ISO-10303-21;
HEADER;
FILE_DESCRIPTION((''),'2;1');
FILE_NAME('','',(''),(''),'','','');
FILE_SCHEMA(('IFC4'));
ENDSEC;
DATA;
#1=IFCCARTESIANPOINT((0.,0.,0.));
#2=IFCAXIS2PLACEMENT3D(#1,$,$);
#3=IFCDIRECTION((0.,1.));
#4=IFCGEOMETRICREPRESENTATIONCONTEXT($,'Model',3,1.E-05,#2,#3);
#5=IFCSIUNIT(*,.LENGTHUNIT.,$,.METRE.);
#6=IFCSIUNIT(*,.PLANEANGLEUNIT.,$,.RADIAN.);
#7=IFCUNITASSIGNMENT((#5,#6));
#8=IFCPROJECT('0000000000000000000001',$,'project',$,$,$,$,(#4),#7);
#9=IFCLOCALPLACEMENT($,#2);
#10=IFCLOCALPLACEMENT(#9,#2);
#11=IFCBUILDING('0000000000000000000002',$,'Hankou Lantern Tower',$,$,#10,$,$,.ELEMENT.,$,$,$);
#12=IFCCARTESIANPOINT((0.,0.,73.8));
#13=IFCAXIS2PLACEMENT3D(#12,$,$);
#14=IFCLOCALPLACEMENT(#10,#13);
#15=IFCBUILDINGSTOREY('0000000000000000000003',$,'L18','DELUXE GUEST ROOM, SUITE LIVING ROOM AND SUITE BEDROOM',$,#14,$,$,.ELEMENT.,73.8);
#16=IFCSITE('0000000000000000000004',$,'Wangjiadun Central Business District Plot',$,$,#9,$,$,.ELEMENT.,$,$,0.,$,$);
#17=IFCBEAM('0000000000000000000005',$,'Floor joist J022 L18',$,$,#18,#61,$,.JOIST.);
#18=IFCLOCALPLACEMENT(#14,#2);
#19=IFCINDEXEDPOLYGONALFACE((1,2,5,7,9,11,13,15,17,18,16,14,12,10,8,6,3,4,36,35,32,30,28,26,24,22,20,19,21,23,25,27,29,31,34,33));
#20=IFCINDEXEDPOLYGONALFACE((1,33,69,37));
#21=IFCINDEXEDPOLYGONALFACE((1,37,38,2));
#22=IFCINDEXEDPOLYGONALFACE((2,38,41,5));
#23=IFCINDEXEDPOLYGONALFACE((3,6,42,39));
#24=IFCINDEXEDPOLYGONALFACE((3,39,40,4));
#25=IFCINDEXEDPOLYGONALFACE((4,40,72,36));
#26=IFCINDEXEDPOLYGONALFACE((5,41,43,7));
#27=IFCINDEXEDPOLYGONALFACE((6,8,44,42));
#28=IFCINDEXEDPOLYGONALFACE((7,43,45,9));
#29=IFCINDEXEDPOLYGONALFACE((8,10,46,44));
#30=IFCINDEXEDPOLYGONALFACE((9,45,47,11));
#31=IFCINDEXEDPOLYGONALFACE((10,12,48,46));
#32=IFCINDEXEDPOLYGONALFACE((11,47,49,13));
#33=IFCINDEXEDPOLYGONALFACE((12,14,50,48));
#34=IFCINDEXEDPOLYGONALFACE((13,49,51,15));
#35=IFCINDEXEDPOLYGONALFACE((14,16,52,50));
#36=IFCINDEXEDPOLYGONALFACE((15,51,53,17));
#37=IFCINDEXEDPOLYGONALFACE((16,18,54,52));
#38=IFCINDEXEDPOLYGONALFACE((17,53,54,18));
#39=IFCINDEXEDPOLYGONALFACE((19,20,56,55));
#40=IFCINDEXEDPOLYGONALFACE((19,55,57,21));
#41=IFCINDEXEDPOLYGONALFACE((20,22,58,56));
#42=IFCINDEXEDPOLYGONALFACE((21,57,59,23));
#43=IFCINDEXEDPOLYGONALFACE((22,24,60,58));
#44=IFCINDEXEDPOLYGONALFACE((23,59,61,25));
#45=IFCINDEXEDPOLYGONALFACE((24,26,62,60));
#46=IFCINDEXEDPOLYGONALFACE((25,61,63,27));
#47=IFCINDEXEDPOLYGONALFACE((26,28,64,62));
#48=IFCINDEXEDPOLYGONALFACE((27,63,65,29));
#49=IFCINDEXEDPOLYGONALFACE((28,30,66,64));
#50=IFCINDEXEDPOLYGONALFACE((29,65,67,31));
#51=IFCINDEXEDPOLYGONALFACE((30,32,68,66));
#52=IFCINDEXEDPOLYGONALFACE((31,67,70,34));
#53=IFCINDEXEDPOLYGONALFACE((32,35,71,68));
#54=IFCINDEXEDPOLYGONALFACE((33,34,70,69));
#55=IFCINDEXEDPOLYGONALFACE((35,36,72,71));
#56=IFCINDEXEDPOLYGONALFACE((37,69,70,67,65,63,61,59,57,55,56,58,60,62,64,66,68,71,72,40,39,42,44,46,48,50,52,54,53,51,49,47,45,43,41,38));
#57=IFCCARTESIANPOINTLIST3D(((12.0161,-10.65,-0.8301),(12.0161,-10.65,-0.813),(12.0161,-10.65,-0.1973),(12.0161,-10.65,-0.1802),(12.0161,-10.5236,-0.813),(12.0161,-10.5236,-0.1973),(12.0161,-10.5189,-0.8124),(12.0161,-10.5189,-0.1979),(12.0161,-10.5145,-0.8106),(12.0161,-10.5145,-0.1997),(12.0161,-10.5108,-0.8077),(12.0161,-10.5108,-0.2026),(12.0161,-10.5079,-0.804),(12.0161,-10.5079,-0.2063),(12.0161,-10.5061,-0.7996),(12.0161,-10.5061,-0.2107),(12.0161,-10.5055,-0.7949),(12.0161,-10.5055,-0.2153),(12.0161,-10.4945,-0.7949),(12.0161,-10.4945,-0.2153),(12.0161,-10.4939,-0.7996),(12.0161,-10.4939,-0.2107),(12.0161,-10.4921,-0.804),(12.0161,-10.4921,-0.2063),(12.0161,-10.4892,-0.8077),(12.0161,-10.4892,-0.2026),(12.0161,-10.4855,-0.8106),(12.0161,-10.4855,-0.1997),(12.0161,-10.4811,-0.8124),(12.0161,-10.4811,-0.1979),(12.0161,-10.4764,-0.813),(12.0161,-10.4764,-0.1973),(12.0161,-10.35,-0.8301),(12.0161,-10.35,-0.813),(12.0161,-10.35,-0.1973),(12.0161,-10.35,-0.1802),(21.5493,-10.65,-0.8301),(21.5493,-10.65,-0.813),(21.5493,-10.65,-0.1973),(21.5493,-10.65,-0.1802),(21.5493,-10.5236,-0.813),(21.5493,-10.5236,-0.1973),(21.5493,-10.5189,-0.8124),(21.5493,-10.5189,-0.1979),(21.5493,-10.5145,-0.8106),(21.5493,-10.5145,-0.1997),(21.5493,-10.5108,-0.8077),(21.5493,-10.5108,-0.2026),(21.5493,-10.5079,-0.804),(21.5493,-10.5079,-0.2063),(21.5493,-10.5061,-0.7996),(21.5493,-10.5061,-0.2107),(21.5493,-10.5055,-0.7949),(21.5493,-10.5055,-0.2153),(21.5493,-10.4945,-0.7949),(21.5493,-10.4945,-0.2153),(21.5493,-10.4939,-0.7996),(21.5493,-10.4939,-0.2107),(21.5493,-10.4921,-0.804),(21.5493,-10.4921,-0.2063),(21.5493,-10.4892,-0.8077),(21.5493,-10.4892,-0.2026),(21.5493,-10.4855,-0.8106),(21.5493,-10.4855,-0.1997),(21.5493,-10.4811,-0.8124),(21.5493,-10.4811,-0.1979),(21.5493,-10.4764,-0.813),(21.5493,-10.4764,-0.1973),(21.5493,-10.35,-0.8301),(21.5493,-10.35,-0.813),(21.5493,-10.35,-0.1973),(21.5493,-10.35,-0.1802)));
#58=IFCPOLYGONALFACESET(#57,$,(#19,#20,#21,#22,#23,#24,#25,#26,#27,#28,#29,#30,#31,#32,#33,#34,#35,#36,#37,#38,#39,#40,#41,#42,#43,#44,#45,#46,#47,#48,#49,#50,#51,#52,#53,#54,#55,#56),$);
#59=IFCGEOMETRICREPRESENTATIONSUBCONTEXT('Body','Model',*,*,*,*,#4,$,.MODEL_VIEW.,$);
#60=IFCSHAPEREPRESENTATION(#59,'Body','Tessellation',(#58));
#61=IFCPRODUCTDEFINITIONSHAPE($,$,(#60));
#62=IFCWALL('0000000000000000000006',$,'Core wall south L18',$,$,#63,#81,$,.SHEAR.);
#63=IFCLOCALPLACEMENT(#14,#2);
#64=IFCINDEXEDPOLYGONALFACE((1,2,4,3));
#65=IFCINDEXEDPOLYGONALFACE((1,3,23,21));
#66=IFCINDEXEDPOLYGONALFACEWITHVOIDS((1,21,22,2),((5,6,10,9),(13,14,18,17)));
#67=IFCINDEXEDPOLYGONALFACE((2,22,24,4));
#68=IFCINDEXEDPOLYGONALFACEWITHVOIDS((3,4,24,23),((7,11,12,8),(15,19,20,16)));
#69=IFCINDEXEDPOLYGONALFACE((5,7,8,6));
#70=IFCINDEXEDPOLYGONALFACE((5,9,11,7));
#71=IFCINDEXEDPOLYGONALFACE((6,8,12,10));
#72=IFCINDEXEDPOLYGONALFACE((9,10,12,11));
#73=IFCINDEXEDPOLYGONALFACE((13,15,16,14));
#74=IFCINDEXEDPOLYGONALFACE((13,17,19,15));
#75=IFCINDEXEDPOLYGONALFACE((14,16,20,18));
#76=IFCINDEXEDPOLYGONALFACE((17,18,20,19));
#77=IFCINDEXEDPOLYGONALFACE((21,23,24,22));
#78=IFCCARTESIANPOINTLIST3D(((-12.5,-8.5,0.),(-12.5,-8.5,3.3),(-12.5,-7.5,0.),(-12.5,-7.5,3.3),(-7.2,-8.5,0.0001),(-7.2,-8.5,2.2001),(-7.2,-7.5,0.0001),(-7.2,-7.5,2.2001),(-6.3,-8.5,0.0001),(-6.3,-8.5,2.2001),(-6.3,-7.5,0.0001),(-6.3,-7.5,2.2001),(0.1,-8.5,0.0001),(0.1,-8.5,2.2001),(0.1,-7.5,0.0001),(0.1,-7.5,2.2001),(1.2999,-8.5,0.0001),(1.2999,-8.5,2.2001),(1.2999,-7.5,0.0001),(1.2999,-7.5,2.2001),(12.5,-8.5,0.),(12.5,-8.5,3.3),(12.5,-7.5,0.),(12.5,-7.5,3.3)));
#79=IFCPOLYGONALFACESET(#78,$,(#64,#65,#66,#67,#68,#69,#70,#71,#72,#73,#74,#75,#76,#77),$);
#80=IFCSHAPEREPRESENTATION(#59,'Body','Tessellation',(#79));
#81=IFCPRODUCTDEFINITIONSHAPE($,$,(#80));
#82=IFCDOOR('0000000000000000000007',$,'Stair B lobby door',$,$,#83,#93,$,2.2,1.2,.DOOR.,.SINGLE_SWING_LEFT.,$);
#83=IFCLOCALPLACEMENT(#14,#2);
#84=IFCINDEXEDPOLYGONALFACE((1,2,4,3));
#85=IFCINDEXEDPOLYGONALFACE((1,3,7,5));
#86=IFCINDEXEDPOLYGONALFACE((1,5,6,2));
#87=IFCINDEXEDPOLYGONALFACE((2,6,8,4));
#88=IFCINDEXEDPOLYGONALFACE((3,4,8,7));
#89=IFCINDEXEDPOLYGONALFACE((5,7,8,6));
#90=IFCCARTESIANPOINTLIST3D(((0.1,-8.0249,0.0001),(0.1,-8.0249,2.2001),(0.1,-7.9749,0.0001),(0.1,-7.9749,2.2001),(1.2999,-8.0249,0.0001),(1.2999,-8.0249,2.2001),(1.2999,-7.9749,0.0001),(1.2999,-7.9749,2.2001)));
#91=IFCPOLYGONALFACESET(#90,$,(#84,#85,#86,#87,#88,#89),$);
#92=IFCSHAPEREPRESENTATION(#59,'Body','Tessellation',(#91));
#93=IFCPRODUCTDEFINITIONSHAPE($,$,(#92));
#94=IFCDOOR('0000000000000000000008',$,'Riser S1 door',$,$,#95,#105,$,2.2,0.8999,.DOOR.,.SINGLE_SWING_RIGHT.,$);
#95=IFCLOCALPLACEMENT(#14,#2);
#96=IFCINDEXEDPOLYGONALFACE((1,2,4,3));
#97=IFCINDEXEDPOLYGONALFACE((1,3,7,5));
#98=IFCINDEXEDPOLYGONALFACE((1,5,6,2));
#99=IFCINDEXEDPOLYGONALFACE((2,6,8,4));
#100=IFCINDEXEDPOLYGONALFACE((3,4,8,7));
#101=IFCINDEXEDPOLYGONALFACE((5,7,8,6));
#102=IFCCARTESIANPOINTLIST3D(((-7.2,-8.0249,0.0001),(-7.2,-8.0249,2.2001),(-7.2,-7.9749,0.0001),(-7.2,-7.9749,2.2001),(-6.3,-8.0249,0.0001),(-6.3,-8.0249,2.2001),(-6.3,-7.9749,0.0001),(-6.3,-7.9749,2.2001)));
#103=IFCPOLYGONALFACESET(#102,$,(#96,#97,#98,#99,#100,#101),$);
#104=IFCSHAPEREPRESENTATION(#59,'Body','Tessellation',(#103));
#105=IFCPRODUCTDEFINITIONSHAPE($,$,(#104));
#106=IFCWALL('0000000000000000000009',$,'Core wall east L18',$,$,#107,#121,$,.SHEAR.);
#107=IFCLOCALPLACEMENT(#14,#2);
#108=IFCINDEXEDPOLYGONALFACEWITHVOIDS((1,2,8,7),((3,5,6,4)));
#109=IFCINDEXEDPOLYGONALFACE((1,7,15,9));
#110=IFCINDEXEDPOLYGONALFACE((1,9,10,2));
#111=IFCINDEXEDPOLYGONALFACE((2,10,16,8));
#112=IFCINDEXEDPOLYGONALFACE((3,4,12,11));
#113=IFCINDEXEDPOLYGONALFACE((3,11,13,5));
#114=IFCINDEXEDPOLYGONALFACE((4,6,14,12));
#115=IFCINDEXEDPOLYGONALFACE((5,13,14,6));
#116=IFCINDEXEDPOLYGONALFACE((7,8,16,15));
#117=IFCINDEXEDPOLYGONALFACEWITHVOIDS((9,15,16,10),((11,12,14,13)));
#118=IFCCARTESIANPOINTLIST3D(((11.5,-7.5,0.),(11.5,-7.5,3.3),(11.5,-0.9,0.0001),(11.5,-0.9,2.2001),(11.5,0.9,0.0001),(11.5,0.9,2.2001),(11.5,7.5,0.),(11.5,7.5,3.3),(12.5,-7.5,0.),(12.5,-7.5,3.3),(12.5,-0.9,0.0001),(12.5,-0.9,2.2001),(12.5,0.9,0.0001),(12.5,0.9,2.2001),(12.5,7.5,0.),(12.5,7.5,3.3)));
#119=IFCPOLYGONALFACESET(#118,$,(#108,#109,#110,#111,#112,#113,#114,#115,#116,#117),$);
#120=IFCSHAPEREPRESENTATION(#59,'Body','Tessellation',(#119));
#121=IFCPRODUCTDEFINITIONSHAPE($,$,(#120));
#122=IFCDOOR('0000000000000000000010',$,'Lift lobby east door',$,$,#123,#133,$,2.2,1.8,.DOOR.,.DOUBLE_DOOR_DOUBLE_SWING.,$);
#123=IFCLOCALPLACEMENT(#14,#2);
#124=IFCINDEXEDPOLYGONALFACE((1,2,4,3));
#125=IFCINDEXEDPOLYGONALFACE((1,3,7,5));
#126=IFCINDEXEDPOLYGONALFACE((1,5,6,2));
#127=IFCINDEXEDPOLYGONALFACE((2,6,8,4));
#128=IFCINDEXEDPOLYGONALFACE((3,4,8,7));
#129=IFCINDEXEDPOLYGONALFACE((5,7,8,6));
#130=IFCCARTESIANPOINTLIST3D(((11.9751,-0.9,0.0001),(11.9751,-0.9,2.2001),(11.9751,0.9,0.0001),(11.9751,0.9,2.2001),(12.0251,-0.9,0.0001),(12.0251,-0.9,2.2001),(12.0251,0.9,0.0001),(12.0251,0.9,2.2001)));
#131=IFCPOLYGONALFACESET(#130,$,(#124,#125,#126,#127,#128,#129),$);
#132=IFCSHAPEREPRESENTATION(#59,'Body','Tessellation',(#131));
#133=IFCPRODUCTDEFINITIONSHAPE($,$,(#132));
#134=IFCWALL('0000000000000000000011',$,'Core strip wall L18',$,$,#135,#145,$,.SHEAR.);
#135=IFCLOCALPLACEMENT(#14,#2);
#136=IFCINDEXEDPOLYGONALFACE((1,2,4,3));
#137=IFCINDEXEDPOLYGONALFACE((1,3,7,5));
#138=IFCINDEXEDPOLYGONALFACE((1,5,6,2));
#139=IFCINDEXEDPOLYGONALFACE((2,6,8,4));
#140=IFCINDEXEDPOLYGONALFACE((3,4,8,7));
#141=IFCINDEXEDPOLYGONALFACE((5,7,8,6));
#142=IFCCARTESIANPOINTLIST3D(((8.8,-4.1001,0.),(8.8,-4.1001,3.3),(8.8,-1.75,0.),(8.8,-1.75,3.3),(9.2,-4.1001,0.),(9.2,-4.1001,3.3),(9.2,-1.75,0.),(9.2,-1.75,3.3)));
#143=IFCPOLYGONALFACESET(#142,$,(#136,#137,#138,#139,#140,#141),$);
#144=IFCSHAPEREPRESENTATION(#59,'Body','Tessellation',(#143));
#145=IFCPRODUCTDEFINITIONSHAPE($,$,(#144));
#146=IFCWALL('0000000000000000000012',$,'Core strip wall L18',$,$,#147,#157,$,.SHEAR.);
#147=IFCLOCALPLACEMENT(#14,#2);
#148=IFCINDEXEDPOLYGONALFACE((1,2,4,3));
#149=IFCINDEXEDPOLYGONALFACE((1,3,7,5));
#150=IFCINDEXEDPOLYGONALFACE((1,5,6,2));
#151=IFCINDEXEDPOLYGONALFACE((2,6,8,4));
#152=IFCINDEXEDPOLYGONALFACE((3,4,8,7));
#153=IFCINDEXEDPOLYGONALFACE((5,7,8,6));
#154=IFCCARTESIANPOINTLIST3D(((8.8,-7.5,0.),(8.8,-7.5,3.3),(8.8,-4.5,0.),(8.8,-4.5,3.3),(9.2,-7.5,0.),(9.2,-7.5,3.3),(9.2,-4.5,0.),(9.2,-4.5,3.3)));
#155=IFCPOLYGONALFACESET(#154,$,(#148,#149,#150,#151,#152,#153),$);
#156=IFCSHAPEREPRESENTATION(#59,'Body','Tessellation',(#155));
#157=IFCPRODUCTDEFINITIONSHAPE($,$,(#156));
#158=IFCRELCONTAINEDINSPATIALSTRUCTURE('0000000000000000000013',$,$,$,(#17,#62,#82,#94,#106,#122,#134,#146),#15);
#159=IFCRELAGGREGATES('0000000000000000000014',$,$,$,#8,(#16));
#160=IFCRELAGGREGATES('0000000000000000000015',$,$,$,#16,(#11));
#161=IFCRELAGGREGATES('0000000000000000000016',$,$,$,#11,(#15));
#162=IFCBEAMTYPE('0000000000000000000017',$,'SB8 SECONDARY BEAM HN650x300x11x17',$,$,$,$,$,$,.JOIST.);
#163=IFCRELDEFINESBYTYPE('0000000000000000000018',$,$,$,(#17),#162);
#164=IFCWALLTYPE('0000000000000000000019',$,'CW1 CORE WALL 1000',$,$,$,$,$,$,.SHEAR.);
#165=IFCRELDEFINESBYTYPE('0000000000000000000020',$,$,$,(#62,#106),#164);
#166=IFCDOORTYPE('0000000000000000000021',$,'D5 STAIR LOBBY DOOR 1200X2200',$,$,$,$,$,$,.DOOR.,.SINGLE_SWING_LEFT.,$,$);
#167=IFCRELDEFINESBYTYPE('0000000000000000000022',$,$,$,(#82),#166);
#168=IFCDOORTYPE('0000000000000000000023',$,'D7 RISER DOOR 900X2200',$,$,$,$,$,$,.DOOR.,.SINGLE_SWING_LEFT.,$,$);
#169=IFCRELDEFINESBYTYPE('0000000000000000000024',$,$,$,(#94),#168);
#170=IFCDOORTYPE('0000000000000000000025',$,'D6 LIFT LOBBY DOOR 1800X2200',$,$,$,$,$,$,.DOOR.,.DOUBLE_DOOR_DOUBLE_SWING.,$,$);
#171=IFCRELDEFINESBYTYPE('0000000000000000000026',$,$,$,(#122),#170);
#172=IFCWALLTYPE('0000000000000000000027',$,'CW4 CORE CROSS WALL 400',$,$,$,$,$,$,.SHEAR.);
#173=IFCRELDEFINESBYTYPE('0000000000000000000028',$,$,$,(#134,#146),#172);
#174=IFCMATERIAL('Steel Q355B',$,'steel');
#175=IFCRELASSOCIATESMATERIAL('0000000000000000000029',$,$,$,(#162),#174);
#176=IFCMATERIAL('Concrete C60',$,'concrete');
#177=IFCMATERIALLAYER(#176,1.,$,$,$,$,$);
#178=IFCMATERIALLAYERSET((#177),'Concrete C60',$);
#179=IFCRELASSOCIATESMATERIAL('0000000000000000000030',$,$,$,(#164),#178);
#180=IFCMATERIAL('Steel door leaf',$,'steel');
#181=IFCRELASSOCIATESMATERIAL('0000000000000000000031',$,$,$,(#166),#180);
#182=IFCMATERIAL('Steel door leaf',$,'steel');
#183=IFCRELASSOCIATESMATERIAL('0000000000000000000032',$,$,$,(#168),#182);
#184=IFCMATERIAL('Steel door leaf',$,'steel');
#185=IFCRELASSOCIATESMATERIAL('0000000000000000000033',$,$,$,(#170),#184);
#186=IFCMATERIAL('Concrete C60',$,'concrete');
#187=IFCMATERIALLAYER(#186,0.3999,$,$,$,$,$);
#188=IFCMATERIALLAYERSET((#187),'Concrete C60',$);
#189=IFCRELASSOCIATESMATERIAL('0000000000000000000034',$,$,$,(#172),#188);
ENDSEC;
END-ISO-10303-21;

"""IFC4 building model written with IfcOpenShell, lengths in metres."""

from ifc_helpers import new_model, si_unit, direction, frame, frame_2d, origin, origin_2d, place, context, subcontext, project, spatial, rectangle, i_section, extrude, material, layer, layer_set, material_profile, profile_set, type_object, element, fill, save


model = new_model("IFC4")

# Units and contexts
model_context = context("Model", 3, precision=1e-05, world=origin(), true_north=direction((0.0, 1.0)))
body_context = subcontext(model_context, "Body", "Model", "MODEL_VIEW")
ifc_project = project(units=[si_unit("LENGTHUNIT", "METRE"), si_unit("PLANEANGLEUNIT", "RADIAN")], contexts=[model_context])

# Site, building, storey
site_placement = place(None, origin())
site = spatial("IfcSite", under=ifc_project, at=site_placement, Name="Wangjiadun Central Business District Plot", CompositionType="ELEMENT", RefElevation=0.0)
building_placement = place(site_placement, origin())
building = spatial("IfcBuilding", under=site, at=building_placement, Name="Hankou Lantern Tower", CompositionType="ELEMENT")
storey_placement = place(building_placement, frame((0.0, 0.0, 73.8)))
storey = spatial("IfcBuildingStorey", under=building, at=storey_placement, Name="L18", Description="DELUXE GUEST ROOM, SUITE LIVING ROOM AND SUITE BEDROOM", CompositionType="ELEMENT", Elevation=73.8)

# Beam
ifc_material_1 = material(Name="Steel Q355B", Category="steel")
ifc_material_profile_1 = material_profile(ifc_material_1, i_section(OverallWidth=0.3, OverallDepth=0.6499, WebThickness=0.011, FlangeThickness=0.0171, FilletRadius=0.0181, at=origin_2d()), Name="HN650x300x11x17")
ifc_profile_set_1 = profile_set([ifc_material_profile_1], Name="Steel Q355B")
beam_type_1 = type_object("IfcBeamType", Name="SB8 SECONDARY BEAM HN650x300x11x17", PredefinedType="JOIST", material=ifc_profile_set_1)
beam_1_placement = place(storey_placement, frame((12.0161, -10.5, -0.5051), z_axis=(1.0, 0.0, 0.0), x_axis=(0.0, 1.0, 0.0)))
element("IfcBeam", 1, at=beam_1_placement, inside=storey, type_object=beam_type_1, Name="Floor joist J022 L18", PredefinedType="JOIST", context=body_context, shape_type="SweptSolid", body=[
    extrude(i_section(OverallWidth=0.3, OverallDepth=0.6499, WebThickness=0.011, FlangeThickness=0.0171, FilletRadius=0.0181, at=origin_2d()), origin(), (0.0, 0.0, 1.0), 9.5332),
])

# Wall, openings, doors
ifc_material_2 = material(Name="Concrete C60", Category="concrete")
ifc_layer_1 = layer(ifc_material_2, 1.0)
ifc_layer_set_1 = layer_set([ifc_layer_1], Name="Concrete C60")
wall_type_1 = type_object("IfcWallType", Name="CW1 CORE WALL 1000", PredefinedType="SHEAR", material=ifc_layer_set_1)
wall_1_placement = place(storey_placement, frame((12.5, -8.0, 0.0), z_axis=(0.0, 0.0, 1.0), x_axis=(-1.0, 0.0, 0.0)))
wall_1 = element("IfcWall", 2, at=wall_1_placement, inside=storey, type_object=wall_type_1, Name="Core wall south L18", PredefinedType="SHEAR", context=body_context, shape_type="SweptSolid", body=[
    extrude(rectangle(XDim=25.0, YDim=1.0, at=frame_2d((12.5, 0.0))), origin(), (0.0, 0.0, 1.0), 3.3),
])
opening_1_placement = place(wall_1_placement, frame((11.2, 0.0, 0.0)))
opening_1 = element("IfcOpeningElement", 3, at=opening_1_placement, cuts=wall_1, PredefinedType="OPENING", context=body_context, shape_type="SweptSolid", body=[
    extrude(rectangle(XDim=1.2, YDim=2.2, at=frame_2d((0.6001, 1.1001))), frame((0.0, 0.51, 0.0), z_axis=(0.0, -1.0, 0.0), x_axis=(1.0, 0.0, 0.0)), (0.0, 0.0, 1.0), 1.02),
])
opening_2_placement = place(wall_1_placement, frame((18.8, 0.0, 0.0)))
opening_2 = element("IfcOpeningElement", 4, at=opening_2_placement, cuts=wall_1, PredefinedType="OPENING", context=body_context, shape_type="SweptSolid", body=[
    extrude(rectangle(XDim=0.8999, YDim=2.2, at=frame_2d((0.45, 1.1001))), frame((0.0, 0.51, 0.0), z_axis=(0.0, -1.0, 0.0), x_axis=(1.0, 0.0, 0.0)), (0.0, 0.0, 1.0), 1.02),
])
ifc_material_3 = material(Name="Steel door leaf", Category="steel")
door_type_1 = type_object("IfcDoorType", Name="D5 STAIR LOBBY DOOR 1200X2200", OperationType="SINGLE_SWING_LEFT", PredefinedType="DOOR", material=ifc_material_3)
door_1_placement = place(opening_1_placement, origin())
door_1 = element("IfcDoor", 5, at=door_1_placement, inside=storey, type_object=door_type_1, Name="Stair B lobby door", OperationType="SINGLE_SWING_LEFT", OverallHeight=2.2, OverallWidth=1.2, PredefinedType="DOOR", context=body_context, shape_type="SweptSolid", body=[
    extrude(rectangle(XDim=1.2, YDim=2.2, at=frame_2d((0.6001, 1.1001))), frame((0.0, 0.0249, 0.0), z_axis=(0.0, -1.0, 0.0), x_axis=(1.0, 0.0, 0.0)), (0.0, 0.0, 1.0), 0.05),
])
fill(opening_1, door_1)
ifc_material_4 = material(Name="Steel door leaf", Category="steel")
door_type_2 = type_object("IfcDoorType", Name="D7 RISER DOOR 900X2200", OperationType="SINGLE_SWING_LEFT", PredefinedType="DOOR", material=ifc_material_4)
door_2_placement = place(opening_2_placement, origin())
door_2 = element("IfcDoor", 6, at=door_2_placement, inside=storey, type_object=door_type_2, Name="Riser S1 door", OperationType="SINGLE_SWING_RIGHT", OverallHeight=2.2, OverallWidth=0.8999, PredefinedType="DOOR", context=body_context, shape_type="SweptSolid", body=[
    extrude(rectangle(XDim=0.8999, YDim=2.2, at=frame_2d((0.45, 1.1001))), frame((0.0, 0.0249, 0.0), z_axis=(0.0, -1.0, 0.0), x_axis=(1.0, 0.0, 0.0)), (0.0, 0.0, 1.0), 0.05),
])
fill(opening_2, door_2)

# Wall, opening, door
wall_2_placement = place(storey_placement, frame((12.0, -7.5, 0.0), z_axis=(0.0, 0.0, 1.0), x_axis=(0.0, 1.0, 0.0)))
wall_2 = element("IfcWall", 7, at=wall_2_placement, inside=storey, type_object=wall_type_1, Name="Core wall east L18", PredefinedType="SHEAR", context=body_context, shape_type="SweptSolid", body=[
    extrude(rectangle(XDim=15.0, YDim=1.0, at=frame_2d((7.5, 0.0))), origin(), (0.0, 0.0, 1.0), 3.3),
])
opening_3_placement = place(wall_2_placement, frame((6.6001, 0.0, 0.0)))
opening_3 = element("IfcOpeningElement", 8, at=opening_3_placement, cuts=wall_2, PredefinedType="OPENING", context=body_context, shape_type="SweptSolid", body=[
    extrude(rectangle(XDim=1.8, YDim=2.2, at=frame_2d((0.8999, 1.1001))), frame((0.0, 0.51, 0.0), z_axis=(0.0, -1.0, 0.0), x_axis=(1.0, 0.0, 0.0)), (0.0, 0.0, 1.0), 1.02),
])
ifc_material_5 = material(Name="Steel door leaf", Category="steel")
door_type_3 = type_object("IfcDoorType", Name="D6 LIFT LOBBY DOOR 1800X2200", OperationType="DOUBLE_DOOR_DOUBLE_SWING", PredefinedType="DOOR", material=ifc_material_5)
door_3_placement = place(opening_3_placement, origin())
door_3 = element("IfcDoor", 9, at=door_3_placement, inside=storey, type_object=door_type_3, Name="Lift lobby east door", OperationType="DOUBLE_DOOR_DOUBLE_SWING", OverallHeight=2.2, OverallWidth=1.8, PredefinedType="DOOR", context=body_context, shape_type="SweptSolid", body=[
    extrude(rectangle(XDim=1.8, YDim=2.2, at=frame_2d((0.8999, 1.1001))), frame((0.0, 0.0249, 0.0), z_axis=(0.0, -1.0, 0.0), x_axis=(1.0, 0.0, 0.0)), (0.0, 0.0, 1.0), 0.05),
])
fill(opening_3, door_3)

# Walls
ifc_material_6 = material(Name="Concrete C60", Category="concrete")
ifc_layer_2 = layer(ifc_material_6, 0.3999)
ifc_layer_set_2 = layer_set([ifc_layer_2], Name="Concrete C60")
wall_type_2 = type_object("IfcWallType", Name="CW4 CORE CROSS WALL 400", PredefinedType="SHEAR", material=ifc_layer_set_2)
wall_3_placement = place(storey_placement, frame((9.0, -4.1001, 0.0), z_axis=(0.0, 0.0, 1.0), x_axis=(0.0, 1.0, 0.0)))
element("IfcWall", 10, at=wall_3_placement, inside=storey, type_object=wall_type_2, Name="Core strip wall L18", PredefinedType="SHEAR", context=body_context, shape_type="SweptSolid", body=[
    extrude(rectangle(XDim=2.3501, YDim=0.3999, at=frame_2d((1.175, 0.0))), origin(), (0.0, 0.0, 1.0), 3.3),
])
wall_4_placement = place(storey_placement, frame((9.0, -7.5, 0.0), z_axis=(0.0, 0.0, 1.0), x_axis=(0.0, 1.0, 0.0)))
element("IfcWall", 11, at=wall_4_placement, inside=storey, type_object=wall_type_2, Name="Core strip wall L18", PredefinedType="SHEAR", context=body_context, shape_type="SweptSolid", body=[
    extrude(rectangle(XDim=3.0, YDim=0.3999, at=frame_2d((1.5, 0.0))), origin(), (0.0, 0.0, 1.0), 3.3),
])

save(model, "model.ifc")
